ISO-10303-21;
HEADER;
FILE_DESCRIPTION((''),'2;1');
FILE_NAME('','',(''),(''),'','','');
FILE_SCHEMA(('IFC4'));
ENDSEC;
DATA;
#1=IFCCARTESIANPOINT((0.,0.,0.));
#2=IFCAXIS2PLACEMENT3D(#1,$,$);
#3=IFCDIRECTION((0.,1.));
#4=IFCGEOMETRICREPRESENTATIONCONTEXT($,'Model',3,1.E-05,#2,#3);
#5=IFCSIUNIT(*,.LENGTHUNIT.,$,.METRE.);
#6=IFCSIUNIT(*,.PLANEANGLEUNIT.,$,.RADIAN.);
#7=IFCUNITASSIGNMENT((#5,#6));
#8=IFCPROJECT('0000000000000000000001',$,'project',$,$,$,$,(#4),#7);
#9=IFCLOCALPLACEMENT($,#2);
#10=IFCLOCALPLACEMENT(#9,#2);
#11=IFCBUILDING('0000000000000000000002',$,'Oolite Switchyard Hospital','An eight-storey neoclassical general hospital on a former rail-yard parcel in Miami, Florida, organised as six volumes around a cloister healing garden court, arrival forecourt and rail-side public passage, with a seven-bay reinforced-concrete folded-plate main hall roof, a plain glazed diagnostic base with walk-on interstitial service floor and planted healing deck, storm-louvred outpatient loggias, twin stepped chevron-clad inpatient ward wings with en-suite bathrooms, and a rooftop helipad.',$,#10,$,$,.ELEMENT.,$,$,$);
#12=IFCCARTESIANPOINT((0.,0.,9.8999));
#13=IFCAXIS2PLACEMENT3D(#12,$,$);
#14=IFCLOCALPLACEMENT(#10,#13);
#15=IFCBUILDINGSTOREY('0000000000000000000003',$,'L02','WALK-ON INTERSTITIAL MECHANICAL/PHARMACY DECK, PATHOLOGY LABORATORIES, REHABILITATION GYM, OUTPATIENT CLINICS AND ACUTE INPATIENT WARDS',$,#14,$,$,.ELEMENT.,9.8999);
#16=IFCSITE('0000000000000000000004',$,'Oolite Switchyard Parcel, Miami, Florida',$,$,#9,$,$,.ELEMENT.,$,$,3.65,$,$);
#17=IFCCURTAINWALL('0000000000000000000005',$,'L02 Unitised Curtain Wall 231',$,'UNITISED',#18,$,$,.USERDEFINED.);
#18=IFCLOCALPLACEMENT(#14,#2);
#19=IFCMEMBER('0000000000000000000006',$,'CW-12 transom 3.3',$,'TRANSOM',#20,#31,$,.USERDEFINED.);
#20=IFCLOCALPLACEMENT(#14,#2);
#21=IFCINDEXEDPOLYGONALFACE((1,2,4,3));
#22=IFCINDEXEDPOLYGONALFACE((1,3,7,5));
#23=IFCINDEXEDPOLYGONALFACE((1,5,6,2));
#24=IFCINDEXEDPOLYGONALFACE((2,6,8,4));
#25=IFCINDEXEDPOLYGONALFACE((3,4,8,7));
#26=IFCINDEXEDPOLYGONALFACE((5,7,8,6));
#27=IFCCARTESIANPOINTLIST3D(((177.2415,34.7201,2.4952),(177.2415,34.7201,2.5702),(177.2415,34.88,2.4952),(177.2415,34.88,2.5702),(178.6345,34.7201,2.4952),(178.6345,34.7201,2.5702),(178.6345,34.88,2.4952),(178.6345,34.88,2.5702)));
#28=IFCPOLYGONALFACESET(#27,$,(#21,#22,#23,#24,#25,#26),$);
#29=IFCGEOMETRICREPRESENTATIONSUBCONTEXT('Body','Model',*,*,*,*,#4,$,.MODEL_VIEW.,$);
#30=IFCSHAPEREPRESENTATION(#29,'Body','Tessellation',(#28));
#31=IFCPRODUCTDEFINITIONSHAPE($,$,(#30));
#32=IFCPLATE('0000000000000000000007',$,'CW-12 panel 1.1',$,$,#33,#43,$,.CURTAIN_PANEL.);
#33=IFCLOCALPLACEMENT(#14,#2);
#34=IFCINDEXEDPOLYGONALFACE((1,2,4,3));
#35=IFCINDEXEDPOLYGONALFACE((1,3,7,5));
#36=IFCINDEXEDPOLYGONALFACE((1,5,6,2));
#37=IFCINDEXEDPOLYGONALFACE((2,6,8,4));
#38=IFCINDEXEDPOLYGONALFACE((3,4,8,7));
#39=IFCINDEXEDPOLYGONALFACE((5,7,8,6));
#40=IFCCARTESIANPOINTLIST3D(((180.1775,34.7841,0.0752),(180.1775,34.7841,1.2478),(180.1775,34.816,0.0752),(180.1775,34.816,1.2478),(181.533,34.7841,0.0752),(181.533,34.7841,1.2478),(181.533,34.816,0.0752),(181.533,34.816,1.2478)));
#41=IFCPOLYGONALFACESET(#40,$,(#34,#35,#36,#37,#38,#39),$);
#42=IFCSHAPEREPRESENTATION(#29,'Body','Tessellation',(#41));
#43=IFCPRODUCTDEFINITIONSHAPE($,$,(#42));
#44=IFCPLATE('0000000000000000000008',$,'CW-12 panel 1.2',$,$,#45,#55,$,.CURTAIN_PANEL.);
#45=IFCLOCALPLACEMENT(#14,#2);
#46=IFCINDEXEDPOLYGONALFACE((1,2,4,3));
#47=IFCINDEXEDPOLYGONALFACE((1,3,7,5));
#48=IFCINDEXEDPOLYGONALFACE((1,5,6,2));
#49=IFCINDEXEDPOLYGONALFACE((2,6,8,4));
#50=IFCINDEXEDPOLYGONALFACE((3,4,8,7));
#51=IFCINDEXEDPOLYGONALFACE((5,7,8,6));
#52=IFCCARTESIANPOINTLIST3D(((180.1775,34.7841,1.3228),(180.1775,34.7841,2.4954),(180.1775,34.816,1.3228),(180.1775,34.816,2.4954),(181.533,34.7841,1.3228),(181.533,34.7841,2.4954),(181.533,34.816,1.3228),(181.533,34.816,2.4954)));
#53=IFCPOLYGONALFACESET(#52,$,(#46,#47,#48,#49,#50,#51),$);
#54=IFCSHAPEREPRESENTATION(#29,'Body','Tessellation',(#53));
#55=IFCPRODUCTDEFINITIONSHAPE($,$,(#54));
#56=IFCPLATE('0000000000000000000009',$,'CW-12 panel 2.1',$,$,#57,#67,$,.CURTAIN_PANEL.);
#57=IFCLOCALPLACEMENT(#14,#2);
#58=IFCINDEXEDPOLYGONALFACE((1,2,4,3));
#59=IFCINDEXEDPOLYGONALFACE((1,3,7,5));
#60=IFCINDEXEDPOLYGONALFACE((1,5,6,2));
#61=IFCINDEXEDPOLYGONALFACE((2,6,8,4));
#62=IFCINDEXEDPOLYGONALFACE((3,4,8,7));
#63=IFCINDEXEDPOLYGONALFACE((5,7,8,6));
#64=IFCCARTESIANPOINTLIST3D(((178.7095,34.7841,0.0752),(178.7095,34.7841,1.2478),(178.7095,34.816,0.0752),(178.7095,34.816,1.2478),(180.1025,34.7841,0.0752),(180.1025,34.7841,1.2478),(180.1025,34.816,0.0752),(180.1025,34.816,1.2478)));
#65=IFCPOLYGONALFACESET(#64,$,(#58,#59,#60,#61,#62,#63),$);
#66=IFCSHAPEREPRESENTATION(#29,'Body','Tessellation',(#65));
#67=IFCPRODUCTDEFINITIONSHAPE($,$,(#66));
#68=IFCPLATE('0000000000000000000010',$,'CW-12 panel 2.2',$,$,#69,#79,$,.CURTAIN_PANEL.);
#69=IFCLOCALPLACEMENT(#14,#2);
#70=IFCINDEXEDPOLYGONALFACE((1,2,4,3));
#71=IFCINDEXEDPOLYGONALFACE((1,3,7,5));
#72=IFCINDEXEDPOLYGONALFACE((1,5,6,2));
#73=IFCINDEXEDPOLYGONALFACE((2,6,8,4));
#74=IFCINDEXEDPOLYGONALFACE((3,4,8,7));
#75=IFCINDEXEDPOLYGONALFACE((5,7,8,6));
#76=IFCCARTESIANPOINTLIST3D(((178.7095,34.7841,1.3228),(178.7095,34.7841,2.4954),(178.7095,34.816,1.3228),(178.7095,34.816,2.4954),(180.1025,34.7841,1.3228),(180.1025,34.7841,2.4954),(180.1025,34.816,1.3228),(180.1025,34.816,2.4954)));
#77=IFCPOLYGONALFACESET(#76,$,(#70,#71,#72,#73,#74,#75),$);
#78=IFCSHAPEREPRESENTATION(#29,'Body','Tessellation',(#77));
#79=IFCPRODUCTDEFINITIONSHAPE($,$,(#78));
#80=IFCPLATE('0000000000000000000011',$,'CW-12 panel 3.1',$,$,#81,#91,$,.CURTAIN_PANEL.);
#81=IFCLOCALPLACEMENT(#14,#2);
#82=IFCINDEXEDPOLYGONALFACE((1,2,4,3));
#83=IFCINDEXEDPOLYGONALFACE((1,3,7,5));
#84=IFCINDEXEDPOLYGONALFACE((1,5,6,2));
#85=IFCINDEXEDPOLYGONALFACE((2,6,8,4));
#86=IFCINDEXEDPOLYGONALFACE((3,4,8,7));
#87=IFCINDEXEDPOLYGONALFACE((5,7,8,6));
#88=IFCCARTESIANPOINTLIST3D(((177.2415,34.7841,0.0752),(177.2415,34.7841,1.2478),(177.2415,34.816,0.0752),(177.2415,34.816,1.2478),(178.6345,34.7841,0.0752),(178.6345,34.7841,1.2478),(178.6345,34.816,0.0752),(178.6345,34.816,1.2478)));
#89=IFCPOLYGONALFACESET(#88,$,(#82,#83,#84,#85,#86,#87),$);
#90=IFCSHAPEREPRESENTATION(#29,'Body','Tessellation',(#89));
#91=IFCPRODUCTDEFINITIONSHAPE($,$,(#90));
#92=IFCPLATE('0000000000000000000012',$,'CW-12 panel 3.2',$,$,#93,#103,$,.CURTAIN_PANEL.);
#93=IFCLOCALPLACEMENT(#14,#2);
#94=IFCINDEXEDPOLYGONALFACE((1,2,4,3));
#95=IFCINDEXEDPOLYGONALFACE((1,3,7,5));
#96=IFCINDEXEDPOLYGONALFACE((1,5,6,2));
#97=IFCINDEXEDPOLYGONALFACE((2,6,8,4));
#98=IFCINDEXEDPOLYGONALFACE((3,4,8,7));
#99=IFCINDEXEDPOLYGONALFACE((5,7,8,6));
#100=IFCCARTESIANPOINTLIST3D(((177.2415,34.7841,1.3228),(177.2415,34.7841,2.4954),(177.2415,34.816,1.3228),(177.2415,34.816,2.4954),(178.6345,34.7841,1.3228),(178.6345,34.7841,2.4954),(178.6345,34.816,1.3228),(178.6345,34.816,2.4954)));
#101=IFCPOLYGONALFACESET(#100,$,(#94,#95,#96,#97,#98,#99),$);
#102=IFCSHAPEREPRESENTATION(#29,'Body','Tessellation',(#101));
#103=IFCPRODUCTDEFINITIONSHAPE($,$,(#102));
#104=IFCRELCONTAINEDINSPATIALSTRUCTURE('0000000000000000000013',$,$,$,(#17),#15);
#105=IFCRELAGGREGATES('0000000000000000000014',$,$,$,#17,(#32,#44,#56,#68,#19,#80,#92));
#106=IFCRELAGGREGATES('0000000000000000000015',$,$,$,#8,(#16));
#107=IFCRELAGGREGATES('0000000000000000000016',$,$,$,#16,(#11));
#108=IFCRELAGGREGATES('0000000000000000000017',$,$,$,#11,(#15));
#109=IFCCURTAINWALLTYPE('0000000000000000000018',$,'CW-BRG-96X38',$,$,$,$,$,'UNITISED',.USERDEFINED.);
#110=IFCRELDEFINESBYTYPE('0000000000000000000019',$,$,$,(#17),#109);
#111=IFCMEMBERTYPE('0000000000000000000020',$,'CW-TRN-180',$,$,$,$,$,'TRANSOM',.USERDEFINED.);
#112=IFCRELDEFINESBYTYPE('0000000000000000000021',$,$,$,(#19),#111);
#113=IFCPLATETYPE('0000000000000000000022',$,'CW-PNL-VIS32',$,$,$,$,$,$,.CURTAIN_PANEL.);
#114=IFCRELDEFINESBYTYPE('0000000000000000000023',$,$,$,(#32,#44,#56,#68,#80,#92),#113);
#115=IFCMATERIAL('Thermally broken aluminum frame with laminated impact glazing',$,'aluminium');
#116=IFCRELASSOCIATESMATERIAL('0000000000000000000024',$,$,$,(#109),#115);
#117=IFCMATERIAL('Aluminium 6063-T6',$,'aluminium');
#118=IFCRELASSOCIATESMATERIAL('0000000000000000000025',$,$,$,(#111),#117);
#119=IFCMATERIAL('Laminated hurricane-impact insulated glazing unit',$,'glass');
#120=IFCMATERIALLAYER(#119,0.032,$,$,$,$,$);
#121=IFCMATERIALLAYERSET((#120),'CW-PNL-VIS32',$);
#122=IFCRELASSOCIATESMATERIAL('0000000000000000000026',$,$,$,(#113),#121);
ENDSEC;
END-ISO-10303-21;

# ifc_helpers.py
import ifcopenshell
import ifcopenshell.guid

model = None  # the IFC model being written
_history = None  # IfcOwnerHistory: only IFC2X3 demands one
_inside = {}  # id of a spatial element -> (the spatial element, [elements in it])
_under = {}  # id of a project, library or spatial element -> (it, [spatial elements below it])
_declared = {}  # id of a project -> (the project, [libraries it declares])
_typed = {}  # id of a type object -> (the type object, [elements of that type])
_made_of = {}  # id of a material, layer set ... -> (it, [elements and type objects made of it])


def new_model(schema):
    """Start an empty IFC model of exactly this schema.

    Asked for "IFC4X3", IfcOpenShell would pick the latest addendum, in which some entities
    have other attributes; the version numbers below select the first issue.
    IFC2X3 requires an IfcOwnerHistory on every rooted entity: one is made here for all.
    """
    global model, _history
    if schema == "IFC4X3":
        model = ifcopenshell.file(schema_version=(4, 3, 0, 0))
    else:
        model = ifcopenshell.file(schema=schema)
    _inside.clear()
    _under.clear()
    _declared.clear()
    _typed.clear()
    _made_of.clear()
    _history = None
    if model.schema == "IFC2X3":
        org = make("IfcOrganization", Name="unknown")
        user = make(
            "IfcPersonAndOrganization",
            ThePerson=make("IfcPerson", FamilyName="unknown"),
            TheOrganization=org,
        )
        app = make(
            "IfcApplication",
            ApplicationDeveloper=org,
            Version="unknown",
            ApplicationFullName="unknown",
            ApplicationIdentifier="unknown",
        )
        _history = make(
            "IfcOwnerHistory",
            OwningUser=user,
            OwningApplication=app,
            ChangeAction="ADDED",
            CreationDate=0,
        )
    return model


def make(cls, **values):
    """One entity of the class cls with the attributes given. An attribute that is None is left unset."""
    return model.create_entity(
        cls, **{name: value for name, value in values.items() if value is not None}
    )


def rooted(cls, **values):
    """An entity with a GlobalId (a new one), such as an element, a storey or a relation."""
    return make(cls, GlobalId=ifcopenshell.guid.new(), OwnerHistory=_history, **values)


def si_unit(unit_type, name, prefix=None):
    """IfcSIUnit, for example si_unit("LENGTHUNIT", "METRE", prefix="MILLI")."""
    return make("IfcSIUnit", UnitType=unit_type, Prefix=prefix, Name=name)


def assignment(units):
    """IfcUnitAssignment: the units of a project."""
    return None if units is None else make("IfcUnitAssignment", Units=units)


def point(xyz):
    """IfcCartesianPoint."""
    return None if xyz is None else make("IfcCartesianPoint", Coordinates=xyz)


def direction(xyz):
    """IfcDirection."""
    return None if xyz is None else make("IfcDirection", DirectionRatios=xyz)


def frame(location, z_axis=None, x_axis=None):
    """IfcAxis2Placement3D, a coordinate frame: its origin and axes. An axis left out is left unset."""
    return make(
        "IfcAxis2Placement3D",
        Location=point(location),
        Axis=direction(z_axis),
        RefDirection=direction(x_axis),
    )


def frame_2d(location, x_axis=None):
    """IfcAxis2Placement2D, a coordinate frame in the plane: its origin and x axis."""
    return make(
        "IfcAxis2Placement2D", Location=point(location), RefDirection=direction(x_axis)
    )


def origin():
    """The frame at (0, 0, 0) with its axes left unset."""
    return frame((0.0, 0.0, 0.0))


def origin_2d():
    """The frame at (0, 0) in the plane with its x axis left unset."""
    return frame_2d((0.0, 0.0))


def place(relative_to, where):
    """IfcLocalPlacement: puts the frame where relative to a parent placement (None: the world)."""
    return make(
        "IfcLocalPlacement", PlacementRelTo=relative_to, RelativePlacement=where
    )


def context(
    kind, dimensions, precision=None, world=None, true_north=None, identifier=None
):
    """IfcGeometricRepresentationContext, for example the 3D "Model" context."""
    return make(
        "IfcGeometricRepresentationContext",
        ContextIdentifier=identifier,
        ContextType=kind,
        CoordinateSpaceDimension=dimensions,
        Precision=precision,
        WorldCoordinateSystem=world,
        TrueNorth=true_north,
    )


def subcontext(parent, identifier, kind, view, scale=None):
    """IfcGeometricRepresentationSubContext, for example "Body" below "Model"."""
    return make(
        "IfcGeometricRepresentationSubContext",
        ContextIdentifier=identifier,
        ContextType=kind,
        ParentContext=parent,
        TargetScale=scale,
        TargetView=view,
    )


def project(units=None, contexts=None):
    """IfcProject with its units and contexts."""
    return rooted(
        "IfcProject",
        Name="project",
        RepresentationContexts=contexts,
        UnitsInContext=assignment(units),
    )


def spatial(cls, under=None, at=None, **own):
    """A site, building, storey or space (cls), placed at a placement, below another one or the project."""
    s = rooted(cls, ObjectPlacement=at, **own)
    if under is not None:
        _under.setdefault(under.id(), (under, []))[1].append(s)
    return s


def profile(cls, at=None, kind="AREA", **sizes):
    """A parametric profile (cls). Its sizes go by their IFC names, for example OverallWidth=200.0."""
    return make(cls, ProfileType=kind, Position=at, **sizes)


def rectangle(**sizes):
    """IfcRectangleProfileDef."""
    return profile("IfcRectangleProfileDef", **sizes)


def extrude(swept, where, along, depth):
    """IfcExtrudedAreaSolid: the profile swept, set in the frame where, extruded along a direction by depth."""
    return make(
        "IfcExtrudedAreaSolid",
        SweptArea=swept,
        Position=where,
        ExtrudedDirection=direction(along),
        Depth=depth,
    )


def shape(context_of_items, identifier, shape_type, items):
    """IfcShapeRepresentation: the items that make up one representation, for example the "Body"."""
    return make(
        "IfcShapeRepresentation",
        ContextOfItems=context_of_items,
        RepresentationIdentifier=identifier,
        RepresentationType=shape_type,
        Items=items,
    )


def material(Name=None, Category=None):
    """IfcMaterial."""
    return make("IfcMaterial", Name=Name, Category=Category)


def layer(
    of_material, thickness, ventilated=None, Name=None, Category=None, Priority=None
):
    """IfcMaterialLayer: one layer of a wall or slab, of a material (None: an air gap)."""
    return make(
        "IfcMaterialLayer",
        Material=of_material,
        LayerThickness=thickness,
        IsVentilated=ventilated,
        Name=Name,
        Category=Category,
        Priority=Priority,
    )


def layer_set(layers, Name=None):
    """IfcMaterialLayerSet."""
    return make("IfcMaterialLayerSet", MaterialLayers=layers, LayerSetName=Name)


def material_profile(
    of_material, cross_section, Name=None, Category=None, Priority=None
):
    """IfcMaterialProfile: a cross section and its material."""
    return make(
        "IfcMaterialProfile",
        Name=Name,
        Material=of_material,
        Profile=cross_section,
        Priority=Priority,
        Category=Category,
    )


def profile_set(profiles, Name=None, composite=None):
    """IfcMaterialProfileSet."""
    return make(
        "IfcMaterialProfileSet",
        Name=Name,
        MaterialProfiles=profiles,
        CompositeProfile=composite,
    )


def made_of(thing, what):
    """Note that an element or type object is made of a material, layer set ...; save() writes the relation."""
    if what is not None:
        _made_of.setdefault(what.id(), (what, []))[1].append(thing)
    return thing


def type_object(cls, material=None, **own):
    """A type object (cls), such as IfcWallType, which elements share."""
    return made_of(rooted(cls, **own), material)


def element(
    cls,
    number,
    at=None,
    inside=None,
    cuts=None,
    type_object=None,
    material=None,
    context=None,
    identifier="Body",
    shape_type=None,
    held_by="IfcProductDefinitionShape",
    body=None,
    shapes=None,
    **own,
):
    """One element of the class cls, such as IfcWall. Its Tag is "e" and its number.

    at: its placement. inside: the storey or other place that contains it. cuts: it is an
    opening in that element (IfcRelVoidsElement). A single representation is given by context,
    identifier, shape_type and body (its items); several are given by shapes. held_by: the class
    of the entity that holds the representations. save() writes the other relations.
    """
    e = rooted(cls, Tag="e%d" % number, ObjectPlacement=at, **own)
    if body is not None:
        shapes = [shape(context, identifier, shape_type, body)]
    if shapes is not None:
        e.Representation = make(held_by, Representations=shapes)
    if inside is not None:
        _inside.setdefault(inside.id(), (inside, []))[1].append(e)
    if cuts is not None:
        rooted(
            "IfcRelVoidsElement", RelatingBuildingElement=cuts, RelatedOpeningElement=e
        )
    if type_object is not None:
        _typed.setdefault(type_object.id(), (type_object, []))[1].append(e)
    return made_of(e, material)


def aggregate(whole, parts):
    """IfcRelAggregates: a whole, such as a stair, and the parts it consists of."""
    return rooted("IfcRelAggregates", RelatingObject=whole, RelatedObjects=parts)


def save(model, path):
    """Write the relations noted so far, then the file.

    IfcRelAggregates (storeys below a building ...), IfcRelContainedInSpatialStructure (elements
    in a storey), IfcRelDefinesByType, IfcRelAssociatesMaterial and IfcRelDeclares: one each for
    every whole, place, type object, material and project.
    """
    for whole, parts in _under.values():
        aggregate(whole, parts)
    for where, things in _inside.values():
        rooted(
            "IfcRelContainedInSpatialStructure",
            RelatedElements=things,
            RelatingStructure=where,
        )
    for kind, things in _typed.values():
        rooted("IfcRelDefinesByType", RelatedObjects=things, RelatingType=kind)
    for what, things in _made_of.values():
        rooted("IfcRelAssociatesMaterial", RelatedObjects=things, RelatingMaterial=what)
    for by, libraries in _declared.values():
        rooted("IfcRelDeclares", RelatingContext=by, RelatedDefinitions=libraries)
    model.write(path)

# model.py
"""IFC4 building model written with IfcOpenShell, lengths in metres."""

from ifc_helpers import new_model, si_unit, direction, frame, origin, origin_2d, place, context, subcontext, project, spatial, rectangle, extrude, material, layer, layer_set, material_profile, profile_set, type_object, element, aggregate, save


model = new_model("IFC4")

# Units and contexts
model_context = context("Model", 3, precision=1e-05, world=origin(), true_north=direction((0.0, 1.0)))
body_context = subcontext(model_context, "Body", "Model", "MODEL_VIEW")
ifc_project = project(units=[si_unit("LENGTHUNIT", "METRE"), si_unit("PLANEANGLEUNIT", "RADIAN")], contexts=[model_context])

# Site, building, storey
site_placement = place(None, origin())
site = spatial("IfcSite", under=ifc_project, at=site_placement, Name="Oolite Switchyard Parcel, Miami, Florida", CompositionType="ELEMENT", RefElevation=3.65)
building_placement = place(site_placement, origin())
building = spatial("IfcBuilding", under=site, at=building_placement, Name="Oolite Switchyard Hospital", Description="An eight-storey neoclassical general hospital on a former rail-yard parcel in Miami, Florida, organised as six volumes around a cloister healing garden court, arrival forecourt and rail-side public passage, with a seven-bay reinforced-concrete folded-plate main hall roof, a plain glazed diagnostic base with walk-on interstitial service floor and planted healing deck, storm-louvred outpatient loggias, twin stepped chevron-clad inpatient ward wings with en-suite bathrooms, and a rooftop helipad.", CompositionType="ELEMENT")
storey_placement = place(building_placement, frame((0.0, 0.0, 9.8999)))
storey = spatial("IfcBuildingStorey", under=building, at=storey_placement, Name="L02", Description="WALK-ON INTERSTITIAL MECHANICAL/PHARMACY DECK, PATHOLOGY LABORATORIES, REHABILITATION GYM, OUTPATIENT CLINICS AND ACUTE INPATIENT WARDS", CompositionType="ELEMENT", Elevation=9.8999)

# Curtain wall, member, plates
ifc_material_1 = material(Name="Thermally broken aluminum frame with laminated impact glazing", Category="aluminium")
curtain_wall_type = type_object("IfcCurtainWallType", Name="CW-BRG-96X38", ElementType="UNITISED", PredefinedType="USERDEFINED", material=ifc_material_1)
curtain_wall_placement = place(storey_placement, origin())
curtain_wall = element("IfcCurtainWall", 1, at=curtain_wall_placement, inside=storey, type_object=curtain_wall_type, Name="L02 Unitised Curtain Wall 231", ObjectType="UNITISED", PredefinedType="USERDEFINED")
ifc_material_2 = material(Name="Aluminium 6063-T6", Category="aluminium")
ifc_material_profile_1 = material_profile(ifc_material_2, rectangle(XDim=0.1599, YDim=0.075, at=origin_2d()), Name="CWT75X160")
ifc_profile_set_1 = profile_set([ifc_material_profile_1], Name="Aluminium 6063-T6")
member_type_1 = type_object("IfcMemberType", Name="CW-TRN-180", ElementType="TRANSOM", PredefinedType="USERDEFINED", material=ifc_profile_set_1)
member_1_placement = place(storey_placement, frame((178.6345, 34.8, 2.5327), z_axis=(-1.0, 0.0, 0.0), x_axis=(0.0, -1.0, 0.0)))
member_1 = element("IfcMember", 2, at=member_1_placement, type_object=member_type_1, Name="CW-12 transom 3.3", ObjectType="TRANSOM", PredefinedType="USERDEFINED", context=body_context, shape_type="SweptSolid", body=[
    extrude(rectangle(XDim=0.1599, YDim=0.075, at=origin_2d()), origin(), (0.0, 0.0, 1.0), 1.3931),
])
ifc_material_3 = material(Name="Laminated hurricane-impact insulated glazing unit", Category="glass")
ifc_layer = layer(ifc_material_3, 0.032)
ifc_layer_set = layer_set([ifc_layer], Name="CW-PNL-VIS32")
plate_type = type_object("IfcPlateType", Name="CW-PNL-VIS32", PredefinedType="CURTAIN_PANEL", material=ifc_layer_set)
plate_1_placement = place(storey_placement, frame((180.8552, 34.8, 0.0752), z_axis=(0.0, 0.0, 1.0), x_axis=(-1.0, 0.0, 0.0)))
plate_1 = element("IfcPlate", 3, at=plate_1_placement, type_object=plate_type, Name="CW-12 panel 1.1", PredefinedType="CURTAIN_PANEL", context=body_context, shape_type="SweptSolid", body=[
    extrude(rectangle(XDim=1.3555, YDim=0.032, at=origin_2d()), origin(), (0.0, 0.0, 1.0), 1.1726),
])
plate_2_placement = place(storey_placement, frame((180.8552, 34.8, 1.3228), z_axis=(0.0, 0.0, 1.0), x_axis=(-1.0, 0.0, 0.0)))
plate_2 = element("IfcPlate", 4, at=plate_2_placement, type_object=plate_type, Name="CW-12 panel 1.2", PredefinedType="CURTAIN_PANEL", context=body_context, shape_type="SweptSolid", body=[
    extrude(rectangle(XDim=1.3555, YDim=0.032, at=origin_2d()), origin(), (0.0, 0.0, 1.0), 1.1726),
])
plate_3_placement = place(storey_placement, frame((179.406, 34.8, 0.0752), z_axis=(0.0, 0.0, 1.0), x_axis=(-1.0, 0.0, 0.0)))
plate_3 = element("IfcPlate", 5, at=plate_3_placement, type_object=plate_type, Name="CW-12 panel 2.1", PredefinedType="CURTAIN_PANEL", context=body_context, shape_type="SweptSolid", body=[
    extrude(rectangle(XDim=1.3931, YDim=0.032, at=origin_2d()), origin(), (0.0, 0.0, 1.0), 1.1726),
])
plate_4_placement = place(storey_placement, frame((179.406, 34.8, 1.3228), z_axis=(0.0, 0.0, 1.0), x_axis=(-1.0, 0.0, 0.0)))
plate_4 = element("IfcPlate", 6, at=plate_4_placement, type_object=plate_type, Name="CW-12 panel 2.2", PredefinedType="CURTAIN_PANEL", context=body_context, shape_type="SweptSolid", body=[
    extrude(rectangle(XDim=1.3931, YDim=0.032, at=origin_2d()), origin(), (0.0, 0.0, 1.0), 1.1726),
])
plate_5_placement = place(storey_placement, frame((177.938, 34.8, 0.0752), z_axis=(0.0, 0.0, 1.0), x_axis=(-1.0, 0.0, 0.0)))
plate_5 = element("IfcPlate", 7, at=plate_5_placement, type_object=plate_type, Name="CW-12 panel 3.1", PredefinedType="CURTAIN_PANEL", context=body_context, shape_type="SweptSolid", body=[
    extrude(rectangle(XDim=1.3931, YDim=0.032, at=origin_2d()), origin(), (0.0, 0.0, 1.0), 1.1726),
])
plate_6_placement = place(storey_placement, frame((177.938, 34.8, 1.3228), z_axis=(0.0, 0.0, 1.0), x_axis=(-1.0, 0.0, 0.0)))
plate_6 = element("IfcPlate", 8, at=plate_6_placement, type_object=plate_type, Name="CW-12 panel 3.2", PredefinedType="CURTAIN_PANEL", context=body_context, shape_type="SweptSolid", body=[
    extrude(rectangle(XDim=1.3931, YDim=0.032, at=origin_2d()), origin(), (0.0, 0.0, 1.0), 1.1726),
])
aggregate(curtain_wall, [plate_1, plate_2, plate_3, plate_4, member_1, plate_5, plate_6])

save(model, "model.ifc")
